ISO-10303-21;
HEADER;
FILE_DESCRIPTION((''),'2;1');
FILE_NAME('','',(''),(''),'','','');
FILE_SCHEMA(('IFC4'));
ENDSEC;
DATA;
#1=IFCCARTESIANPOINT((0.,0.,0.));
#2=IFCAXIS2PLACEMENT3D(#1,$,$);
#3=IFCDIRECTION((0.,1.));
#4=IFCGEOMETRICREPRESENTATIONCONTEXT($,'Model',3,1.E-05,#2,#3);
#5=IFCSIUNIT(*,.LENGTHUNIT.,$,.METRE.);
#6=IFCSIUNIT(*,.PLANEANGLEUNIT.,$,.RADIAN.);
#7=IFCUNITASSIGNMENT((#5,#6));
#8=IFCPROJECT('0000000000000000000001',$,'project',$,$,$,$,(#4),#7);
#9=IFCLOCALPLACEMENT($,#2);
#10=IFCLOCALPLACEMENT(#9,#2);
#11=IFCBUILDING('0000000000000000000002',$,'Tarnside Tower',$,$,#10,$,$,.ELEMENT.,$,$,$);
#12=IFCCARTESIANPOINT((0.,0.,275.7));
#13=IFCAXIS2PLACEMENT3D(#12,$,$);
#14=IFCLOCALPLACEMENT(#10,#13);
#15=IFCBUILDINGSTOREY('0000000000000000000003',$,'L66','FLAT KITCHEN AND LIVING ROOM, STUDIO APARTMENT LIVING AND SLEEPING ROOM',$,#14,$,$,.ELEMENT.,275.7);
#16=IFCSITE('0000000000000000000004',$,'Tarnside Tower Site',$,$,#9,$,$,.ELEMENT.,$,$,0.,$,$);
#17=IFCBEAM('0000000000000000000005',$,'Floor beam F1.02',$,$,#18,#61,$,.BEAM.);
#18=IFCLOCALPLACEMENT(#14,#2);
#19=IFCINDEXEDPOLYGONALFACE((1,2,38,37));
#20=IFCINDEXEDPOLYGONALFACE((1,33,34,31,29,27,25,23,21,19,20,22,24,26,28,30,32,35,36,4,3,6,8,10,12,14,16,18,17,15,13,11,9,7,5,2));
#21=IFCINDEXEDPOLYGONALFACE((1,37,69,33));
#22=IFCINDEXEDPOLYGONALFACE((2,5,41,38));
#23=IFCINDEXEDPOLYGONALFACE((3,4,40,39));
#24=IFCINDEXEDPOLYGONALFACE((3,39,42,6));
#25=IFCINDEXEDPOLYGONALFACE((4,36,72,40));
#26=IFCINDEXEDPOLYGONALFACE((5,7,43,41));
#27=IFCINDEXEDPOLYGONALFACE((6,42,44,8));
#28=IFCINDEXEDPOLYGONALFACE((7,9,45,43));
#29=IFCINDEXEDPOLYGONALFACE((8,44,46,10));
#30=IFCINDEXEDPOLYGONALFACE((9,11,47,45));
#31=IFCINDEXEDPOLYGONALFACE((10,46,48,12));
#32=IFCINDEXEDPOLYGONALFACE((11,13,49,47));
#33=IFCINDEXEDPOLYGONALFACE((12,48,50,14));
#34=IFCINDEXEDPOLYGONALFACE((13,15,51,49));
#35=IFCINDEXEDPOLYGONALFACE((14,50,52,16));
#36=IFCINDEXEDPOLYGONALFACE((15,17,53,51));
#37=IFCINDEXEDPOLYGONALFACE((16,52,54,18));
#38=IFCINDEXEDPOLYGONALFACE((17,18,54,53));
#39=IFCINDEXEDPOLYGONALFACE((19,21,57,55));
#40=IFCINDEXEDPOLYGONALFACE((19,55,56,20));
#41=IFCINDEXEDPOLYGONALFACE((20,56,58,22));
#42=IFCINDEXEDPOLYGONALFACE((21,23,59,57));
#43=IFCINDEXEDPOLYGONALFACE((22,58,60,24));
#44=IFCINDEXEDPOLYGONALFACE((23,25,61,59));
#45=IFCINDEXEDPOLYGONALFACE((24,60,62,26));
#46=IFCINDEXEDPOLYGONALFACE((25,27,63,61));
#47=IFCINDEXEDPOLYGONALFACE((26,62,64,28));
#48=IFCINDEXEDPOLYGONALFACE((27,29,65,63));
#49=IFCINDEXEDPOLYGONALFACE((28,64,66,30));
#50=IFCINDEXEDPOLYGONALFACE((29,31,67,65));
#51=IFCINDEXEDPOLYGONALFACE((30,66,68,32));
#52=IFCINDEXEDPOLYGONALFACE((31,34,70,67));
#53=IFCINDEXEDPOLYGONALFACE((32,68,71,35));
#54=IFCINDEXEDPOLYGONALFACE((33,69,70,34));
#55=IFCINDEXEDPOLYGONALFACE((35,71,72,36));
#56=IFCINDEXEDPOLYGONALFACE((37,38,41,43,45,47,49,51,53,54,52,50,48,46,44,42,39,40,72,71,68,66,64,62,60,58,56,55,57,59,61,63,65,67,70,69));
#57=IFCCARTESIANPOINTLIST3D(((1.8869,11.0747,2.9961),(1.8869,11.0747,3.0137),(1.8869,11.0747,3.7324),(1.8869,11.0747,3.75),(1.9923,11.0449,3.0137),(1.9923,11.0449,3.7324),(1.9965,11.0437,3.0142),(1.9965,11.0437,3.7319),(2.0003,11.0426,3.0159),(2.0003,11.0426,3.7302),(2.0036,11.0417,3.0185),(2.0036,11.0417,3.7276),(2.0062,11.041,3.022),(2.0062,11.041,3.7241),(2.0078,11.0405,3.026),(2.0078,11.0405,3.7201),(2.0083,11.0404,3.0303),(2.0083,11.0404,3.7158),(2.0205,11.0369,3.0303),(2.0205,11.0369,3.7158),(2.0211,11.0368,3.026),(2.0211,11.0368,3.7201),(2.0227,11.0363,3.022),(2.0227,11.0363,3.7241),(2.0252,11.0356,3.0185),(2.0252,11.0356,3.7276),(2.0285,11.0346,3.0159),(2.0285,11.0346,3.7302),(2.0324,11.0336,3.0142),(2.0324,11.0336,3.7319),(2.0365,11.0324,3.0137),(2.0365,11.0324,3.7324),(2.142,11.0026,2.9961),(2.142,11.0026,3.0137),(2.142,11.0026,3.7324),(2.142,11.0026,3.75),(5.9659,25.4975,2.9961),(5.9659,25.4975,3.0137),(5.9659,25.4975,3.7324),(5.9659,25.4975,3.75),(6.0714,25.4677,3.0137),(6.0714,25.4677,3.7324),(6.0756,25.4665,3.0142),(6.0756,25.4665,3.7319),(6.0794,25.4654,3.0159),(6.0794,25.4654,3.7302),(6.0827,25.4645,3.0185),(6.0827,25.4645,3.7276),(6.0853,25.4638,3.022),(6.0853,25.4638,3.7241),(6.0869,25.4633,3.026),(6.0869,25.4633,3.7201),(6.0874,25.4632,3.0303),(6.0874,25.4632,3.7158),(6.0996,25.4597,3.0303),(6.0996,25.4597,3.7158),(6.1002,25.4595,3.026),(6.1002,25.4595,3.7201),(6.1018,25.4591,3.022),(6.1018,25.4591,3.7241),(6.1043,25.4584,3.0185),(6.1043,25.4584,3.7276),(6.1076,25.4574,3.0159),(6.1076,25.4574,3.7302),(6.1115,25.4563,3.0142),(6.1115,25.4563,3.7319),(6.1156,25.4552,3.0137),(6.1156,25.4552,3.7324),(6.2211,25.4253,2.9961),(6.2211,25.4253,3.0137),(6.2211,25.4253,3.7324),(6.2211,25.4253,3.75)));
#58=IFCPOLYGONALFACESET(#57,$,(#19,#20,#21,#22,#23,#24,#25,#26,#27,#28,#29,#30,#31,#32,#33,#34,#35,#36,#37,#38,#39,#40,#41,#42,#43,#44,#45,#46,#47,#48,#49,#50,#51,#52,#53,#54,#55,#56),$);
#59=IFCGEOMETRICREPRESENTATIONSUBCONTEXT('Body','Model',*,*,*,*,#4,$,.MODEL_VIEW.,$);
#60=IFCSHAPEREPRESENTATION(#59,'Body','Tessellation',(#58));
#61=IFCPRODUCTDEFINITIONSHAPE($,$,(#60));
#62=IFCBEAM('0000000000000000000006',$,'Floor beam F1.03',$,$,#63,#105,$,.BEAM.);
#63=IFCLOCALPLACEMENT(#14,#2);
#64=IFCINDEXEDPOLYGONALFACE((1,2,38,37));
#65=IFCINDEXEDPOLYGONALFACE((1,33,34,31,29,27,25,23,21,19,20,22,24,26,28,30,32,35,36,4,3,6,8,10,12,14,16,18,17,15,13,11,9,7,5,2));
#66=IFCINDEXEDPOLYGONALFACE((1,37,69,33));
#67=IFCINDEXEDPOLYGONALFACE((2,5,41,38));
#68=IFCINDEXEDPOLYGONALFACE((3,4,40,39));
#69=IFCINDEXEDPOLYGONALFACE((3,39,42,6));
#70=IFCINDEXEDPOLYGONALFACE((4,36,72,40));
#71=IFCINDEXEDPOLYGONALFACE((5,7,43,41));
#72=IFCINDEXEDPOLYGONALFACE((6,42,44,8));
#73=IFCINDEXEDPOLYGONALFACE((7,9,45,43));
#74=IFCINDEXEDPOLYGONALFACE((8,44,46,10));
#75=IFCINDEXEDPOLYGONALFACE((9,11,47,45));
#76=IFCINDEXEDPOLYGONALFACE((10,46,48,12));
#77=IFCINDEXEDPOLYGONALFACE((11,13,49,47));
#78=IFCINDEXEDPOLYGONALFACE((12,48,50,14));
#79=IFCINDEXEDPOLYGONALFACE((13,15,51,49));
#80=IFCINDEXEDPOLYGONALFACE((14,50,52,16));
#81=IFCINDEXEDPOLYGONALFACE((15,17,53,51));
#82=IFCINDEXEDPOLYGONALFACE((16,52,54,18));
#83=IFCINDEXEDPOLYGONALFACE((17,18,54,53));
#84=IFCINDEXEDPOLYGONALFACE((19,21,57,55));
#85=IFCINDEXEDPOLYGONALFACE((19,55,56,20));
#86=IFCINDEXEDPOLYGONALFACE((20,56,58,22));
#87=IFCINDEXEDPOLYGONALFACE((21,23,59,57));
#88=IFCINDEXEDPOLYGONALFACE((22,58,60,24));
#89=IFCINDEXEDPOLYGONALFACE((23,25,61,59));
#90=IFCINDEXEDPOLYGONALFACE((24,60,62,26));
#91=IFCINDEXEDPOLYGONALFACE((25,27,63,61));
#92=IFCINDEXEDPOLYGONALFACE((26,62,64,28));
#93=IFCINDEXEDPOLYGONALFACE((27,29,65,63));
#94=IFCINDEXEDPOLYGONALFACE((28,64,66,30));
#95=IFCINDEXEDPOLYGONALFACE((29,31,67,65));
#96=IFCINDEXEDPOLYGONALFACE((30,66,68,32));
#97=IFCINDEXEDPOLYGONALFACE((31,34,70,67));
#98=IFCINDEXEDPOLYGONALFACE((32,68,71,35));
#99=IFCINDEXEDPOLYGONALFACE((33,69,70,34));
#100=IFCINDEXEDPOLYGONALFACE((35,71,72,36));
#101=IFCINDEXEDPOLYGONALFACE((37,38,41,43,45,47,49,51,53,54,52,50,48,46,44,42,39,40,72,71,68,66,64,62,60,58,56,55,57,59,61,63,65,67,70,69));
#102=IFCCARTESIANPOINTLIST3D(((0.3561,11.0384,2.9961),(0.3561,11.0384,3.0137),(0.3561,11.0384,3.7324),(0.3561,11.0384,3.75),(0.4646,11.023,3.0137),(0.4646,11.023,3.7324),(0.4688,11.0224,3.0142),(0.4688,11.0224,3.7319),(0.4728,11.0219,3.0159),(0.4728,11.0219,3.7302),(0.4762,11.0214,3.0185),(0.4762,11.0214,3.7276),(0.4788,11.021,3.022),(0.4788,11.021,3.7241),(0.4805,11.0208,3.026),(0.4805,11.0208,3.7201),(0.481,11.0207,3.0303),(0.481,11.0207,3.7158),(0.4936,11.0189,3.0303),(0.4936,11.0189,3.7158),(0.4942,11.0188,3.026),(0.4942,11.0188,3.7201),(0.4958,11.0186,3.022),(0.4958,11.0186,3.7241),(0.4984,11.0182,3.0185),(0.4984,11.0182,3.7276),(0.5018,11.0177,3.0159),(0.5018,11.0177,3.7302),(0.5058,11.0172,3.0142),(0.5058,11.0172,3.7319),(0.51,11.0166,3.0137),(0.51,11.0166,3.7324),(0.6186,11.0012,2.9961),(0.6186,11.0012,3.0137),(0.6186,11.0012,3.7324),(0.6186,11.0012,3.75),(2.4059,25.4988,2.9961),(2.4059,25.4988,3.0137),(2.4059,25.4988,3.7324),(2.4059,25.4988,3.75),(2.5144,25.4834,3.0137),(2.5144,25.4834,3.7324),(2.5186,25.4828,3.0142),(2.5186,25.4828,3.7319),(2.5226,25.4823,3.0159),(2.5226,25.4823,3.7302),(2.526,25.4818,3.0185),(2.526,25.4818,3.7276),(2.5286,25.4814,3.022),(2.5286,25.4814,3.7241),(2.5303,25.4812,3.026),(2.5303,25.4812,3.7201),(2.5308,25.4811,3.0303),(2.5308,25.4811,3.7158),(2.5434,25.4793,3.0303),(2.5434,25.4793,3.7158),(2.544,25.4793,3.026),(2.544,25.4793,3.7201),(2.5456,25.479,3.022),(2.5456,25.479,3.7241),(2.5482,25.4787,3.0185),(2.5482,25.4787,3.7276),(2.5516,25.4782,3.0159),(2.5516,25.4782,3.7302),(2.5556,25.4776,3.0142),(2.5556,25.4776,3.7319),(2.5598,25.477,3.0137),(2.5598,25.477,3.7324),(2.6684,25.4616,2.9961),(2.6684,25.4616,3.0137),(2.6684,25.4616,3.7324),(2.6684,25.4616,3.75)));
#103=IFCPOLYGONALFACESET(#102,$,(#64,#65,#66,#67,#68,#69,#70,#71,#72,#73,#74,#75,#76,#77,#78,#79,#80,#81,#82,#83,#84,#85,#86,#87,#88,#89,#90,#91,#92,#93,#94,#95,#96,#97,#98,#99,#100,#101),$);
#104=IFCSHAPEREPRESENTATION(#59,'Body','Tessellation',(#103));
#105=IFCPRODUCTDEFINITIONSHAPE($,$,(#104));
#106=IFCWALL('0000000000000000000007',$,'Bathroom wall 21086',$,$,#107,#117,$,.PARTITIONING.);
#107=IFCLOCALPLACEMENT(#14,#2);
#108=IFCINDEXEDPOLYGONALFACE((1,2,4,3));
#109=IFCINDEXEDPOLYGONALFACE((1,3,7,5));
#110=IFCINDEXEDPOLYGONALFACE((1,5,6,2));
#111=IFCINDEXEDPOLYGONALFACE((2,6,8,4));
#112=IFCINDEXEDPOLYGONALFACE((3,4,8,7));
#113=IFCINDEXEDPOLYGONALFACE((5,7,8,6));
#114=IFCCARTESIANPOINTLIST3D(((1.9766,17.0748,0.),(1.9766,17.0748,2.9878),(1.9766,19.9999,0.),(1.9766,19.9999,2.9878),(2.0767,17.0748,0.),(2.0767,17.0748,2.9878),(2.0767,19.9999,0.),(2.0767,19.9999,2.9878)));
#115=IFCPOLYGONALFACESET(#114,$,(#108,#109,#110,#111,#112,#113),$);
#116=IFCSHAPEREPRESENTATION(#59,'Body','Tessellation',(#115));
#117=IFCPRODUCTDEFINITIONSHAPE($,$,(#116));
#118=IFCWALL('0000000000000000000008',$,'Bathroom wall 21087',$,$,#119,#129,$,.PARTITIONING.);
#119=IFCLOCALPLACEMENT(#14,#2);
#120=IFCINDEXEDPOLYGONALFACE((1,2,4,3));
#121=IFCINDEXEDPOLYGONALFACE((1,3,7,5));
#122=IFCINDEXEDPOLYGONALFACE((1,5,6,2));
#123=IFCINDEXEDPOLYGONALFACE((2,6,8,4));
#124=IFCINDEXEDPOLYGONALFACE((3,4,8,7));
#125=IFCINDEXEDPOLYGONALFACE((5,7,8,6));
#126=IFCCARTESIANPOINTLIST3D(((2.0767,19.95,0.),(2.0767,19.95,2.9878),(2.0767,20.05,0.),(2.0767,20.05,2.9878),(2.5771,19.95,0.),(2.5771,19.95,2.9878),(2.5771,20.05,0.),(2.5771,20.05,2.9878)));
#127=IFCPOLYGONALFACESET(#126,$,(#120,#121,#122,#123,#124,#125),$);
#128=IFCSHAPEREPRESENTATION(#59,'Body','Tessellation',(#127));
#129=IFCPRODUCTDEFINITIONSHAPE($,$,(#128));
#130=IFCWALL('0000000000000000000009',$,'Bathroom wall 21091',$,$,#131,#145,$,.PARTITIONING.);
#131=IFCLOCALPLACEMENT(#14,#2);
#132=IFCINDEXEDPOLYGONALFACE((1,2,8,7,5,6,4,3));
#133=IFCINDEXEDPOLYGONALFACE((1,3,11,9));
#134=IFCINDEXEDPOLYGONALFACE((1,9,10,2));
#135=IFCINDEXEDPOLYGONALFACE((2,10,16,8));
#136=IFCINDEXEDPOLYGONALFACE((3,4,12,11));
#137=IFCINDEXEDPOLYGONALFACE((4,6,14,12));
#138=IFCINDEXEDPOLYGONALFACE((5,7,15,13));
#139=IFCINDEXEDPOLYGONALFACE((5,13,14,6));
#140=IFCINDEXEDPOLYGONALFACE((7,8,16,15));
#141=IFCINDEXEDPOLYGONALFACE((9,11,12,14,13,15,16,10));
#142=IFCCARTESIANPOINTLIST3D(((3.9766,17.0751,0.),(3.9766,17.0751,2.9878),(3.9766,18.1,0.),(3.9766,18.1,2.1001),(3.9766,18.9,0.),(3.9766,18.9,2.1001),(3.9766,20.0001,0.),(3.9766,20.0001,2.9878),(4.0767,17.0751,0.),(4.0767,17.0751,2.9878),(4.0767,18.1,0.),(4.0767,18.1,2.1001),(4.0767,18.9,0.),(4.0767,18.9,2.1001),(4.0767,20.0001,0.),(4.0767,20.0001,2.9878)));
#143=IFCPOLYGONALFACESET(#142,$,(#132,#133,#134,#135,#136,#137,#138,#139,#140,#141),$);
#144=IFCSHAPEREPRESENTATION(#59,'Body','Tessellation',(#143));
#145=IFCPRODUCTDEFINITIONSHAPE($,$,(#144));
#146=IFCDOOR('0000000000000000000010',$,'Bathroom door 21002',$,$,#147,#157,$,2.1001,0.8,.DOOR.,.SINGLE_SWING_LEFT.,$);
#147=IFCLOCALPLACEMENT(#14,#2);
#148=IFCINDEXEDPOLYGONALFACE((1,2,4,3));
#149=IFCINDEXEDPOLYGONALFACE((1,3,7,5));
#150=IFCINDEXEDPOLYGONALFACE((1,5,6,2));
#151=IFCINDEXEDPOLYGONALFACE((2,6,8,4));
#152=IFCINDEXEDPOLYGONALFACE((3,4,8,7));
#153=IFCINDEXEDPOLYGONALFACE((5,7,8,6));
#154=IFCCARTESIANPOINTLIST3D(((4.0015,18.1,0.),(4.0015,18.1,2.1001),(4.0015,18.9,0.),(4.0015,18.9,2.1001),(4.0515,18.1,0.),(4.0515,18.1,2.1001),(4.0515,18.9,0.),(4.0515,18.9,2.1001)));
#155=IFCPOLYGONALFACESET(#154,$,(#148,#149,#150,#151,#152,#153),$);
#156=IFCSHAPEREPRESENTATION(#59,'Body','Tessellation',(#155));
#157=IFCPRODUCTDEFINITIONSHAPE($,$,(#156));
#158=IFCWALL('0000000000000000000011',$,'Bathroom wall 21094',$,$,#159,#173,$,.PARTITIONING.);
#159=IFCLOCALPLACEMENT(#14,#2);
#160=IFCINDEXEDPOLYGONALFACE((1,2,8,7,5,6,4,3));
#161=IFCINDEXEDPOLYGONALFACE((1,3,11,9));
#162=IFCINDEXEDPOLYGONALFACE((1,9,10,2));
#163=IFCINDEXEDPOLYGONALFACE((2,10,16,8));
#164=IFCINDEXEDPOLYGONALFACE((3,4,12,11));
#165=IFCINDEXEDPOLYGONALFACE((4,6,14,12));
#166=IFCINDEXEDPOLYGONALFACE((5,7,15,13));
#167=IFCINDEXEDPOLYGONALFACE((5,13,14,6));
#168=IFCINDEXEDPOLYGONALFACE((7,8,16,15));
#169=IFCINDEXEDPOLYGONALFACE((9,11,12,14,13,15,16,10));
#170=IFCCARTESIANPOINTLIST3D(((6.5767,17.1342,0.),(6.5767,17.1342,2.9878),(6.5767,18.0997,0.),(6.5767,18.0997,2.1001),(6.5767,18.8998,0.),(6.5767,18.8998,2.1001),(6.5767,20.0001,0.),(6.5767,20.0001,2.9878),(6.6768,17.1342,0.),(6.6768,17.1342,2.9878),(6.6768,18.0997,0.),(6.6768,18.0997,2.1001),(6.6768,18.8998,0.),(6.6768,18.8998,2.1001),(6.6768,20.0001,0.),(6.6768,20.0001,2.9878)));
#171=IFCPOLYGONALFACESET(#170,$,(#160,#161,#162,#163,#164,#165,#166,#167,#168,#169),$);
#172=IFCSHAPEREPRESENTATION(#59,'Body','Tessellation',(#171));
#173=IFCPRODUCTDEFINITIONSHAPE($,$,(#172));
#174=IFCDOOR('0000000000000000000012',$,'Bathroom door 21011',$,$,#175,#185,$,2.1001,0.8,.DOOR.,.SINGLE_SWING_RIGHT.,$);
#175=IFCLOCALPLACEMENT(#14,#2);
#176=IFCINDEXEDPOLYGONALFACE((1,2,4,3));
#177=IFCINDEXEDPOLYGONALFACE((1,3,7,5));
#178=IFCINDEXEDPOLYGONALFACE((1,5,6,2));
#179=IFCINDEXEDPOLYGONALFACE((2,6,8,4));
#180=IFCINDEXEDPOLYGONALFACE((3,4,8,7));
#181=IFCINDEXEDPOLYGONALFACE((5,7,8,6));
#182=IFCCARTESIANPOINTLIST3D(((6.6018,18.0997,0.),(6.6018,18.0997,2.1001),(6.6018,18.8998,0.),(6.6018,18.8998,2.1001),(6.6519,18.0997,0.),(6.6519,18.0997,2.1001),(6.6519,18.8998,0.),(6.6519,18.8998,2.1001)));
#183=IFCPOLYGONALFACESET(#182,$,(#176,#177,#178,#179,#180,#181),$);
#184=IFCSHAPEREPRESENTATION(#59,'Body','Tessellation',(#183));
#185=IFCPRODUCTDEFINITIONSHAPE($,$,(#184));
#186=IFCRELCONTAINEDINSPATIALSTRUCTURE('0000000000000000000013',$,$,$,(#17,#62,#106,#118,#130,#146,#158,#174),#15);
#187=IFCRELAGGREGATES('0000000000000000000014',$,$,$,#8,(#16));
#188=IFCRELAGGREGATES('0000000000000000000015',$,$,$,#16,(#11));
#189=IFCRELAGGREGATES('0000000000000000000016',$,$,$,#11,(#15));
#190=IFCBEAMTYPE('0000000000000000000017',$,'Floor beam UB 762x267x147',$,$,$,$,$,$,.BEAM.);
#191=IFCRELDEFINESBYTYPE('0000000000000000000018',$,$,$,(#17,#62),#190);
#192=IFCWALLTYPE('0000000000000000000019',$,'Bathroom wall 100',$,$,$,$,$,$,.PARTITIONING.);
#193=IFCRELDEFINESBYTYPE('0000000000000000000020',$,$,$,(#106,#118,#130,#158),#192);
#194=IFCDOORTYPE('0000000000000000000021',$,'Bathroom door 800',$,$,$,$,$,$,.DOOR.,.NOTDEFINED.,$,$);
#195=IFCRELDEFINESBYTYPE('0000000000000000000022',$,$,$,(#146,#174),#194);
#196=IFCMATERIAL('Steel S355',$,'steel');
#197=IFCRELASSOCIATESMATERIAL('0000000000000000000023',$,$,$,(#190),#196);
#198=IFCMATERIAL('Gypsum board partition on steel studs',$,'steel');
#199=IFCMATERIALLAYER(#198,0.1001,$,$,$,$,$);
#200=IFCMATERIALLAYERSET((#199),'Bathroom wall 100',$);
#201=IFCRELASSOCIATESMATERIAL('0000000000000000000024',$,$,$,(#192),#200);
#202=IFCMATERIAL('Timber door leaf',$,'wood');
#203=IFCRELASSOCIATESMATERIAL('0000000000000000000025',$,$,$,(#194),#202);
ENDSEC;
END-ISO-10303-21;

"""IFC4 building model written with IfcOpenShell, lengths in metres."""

from ifc_helpers import new_model, si_unit, direction, frame, frame_2d, origin, origin_2d, place, context, subcontext, project, spatial, rectangle, i_section, extrude, material, layer, layer_set, material_profile, profile_set, type_object, element, fill, save


model = new_model("IFC4")

# Units and contexts
model_context = context("Model", 3, precision=1e-05, world=origin(), true_north=direction((0.0, 1.0)))
body_context = subcontext(model_context, "Body", "Model", "MODEL_VIEW")
ifc_project = project(units=[si_unit("LENGTHUNIT", "METRE"), si_unit("PLANEANGLEUNIT", "RADIAN")], contexts=[model_context])

# Site, building, storey
site_placement = place(None, origin())
site = spatial("IfcSite", under=ifc_project, at=site_placement, Name="Tarnside Tower Site", CompositionType="ELEMENT", RefElevation=0.0)
building_placement = place(site_placement, origin())
building = spatial("IfcBuilding", under=site, at=building_placement, Name="Tarnside Tower", CompositionType="ELEMENT")
storey_placement = place(building_placement, frame((0.0, 0.0, 275.7)))
storey = spatial("IfcBuildingStorey", under=building, at=storey_placement, Name="L66", Description="FLAT KITCHEN AND LIVING ROOM, STUDIO APARTMENT LIVING AND SLEEPING ROOM", CompositionType="ELEMENT", Elevation=275.7)

# Beams
ifc_material_1 = material(Name="Steel S355", Category="steel")
ifc_material_profile = material_profile(ifc_material_1, i_section(OverallWidth=0.2651, OverallDepth=0.7539, WebThickness=0.0127, FlangeThickness=0.0176, FilletRadius=0.0166, at=origin_2d()), Name="UB 762x267x147")
ifc_profile_set = profile_set([ifc_material_profile], Name="Steel S355")
beam_type = type_object("IfcBeamType", Name="Floor beam UB 762x267x147", PredefinedType="BEAM", material=ifc_profile_set)
beam_1_placement = place(storey_placement, frame((6.0935, 25.4614, 3.373), z_axis=(-0.272147, -0.962256, 0.0), x_axis=(0.962256, -0.272147, 0.0)))
element("IfcBeam", 1, at=beam_1_placement, inside=storey, type_object=beam_type, Name="Floor beam F1.02", PredefinedType="BEAM", context=body_context, shape_type="SweptSolid", body=[
    extrude(i_section(OverallWidth=0.2651, OverallDepth=0.7539, WebThickness=0.0127, FlangeThickness=0.0176, FilletRadius=0.0166, at=origin_2d()), origin(), (0.0, 0.0, 1.0), 14.9885),
])
beam_2_placement = place(storey_placement, frame((2.5371, 25.4802, 3.373), z_axis=(-0.140349, -0.990102, 0.0), x_axis=(0.990102, -0.140349, 0.0)))
element("IfcBeam", 2, at=beam_2_placement, inside=storey, type_object=beam_type, Name="Floor beam F1.03", PredefinedType="BEAM", context=body_context, shape_type="SweptSolid", body=[
    extrude(i_section(OverallWidth=0.2651, OverallDepth=0.7539, WebThickness=0.0127, FlangeThickness=0.0176, FilletRadius=0.0166, at=origin_2d()), origin(), (0.0, 0.0, 1.0), 14.605),
])

# Walls
ifc_material_2 = material(Name="Gypsum board partition on steel studs", Category="steel")
ifc_layer_1 = layer(ifc_material_2, 0.1001)
ifc_layer_set_1 = layer_set([ifc_layer_1], Name="Bathroom wall 100")
wall_type_1 = type_object("IfcWallType", Name="Bathroom wall 100", PredefinedType="PARTITIONING", material=ifc_layer_set_1)
wall_1_placement = place(storey_placement, frame((2.0266, 17.075, 0.0), z_axis=(0.0, 0.0, 1.0), x_axis=(0.0, 1.0, 0.0)))
element("IfcWall", 3, at=wall_1_placement, inside=storey, type_object=wall_type_1, Name="Bathroom wall 21086", PredefinedType="PARTITIONING", context=body_context, shape_type="SweptSolid", body=[
    extrude(rectangle(XDim=2.925, YDim=0.1001, at=frame_2d((1.4624, 0.0))), origin(), (0.0, 0.0, 1.0), 2.9878),
])
wall_2_placement = place(storey_placement, frame((2.0767, 20.0, 0.0), z_axis=(0.0, 0.0, 1.0), x_axis=(1.0, 0.0, 0.0)))
element("IfcWall", 4, at=wall_2_placement, inside=storey, type_object=wall_type_1, Name="Bathroom wall 21087", PredefinedType="PARTITIONING", context=body_context, shape_type="SweptSolid", body=[
    extrude(rectangle(XDim=0.5005, YDim=0.1001, at=frame_2d((0.2502, 0.0))), origin(), (0.0, 0.0, 1.0), 2.9878),
])

# Walls, openings, doors
wall_3_placement = place(storey_placement, frame((4.0266, 20.0, 0.0), z_axis=(0.0, 0.0, 1.0), x_axis=(0.0, -1.0, 0.0)))
wall_3 = element("IfcWall", 5, at=wall_3_placement, inside=storey, type_object=wall_type_1, Name="Bathroom wall 21091", PredefinedType="PARTITIONING", context=body_context, shape_type="SweptSolid", body=[
    extrude(rectangle(XDim=2.925, YDim=0.1001, at=frame_2d((1.4624, 0.0))), origin(), (0.0, 0.0, 1.0), 2.9878),
])
opening_1_placement = place(wall_3_placement, frame((1.1001, 0.0, 0.0)))
opening_1 = element("IfcOpeningElement", 6, at=opening_1_placement, cuts=wall_3, PredefinedType="OPENING", context=body_context, shape_type="SweptSolid", body=[
    extrude(rectangle(XDim=0.8, YDim=2.1001, at=frame_2d((0.3999, 1.05))), frame((0.0, 0.0601, 0.0), z_axis=(0.0, -1.0, 0.0), x_axis=(1.0, 0.0, 0.0)), (0.0, 0.0, 1.0), 0.1201),
])
ifc_material_3 = material(Name="Timber door leaf", Category="wood")
door_type_1 = type_object("IfcDoorType", Name="Bathroom door 800", OperationType="NOTDEFINED", PredefinedType="DOOR", material=ifc_material_3)
door_1_placement = place(opening_1_placement, origin())
door_1 = element("IfcDoor", 7, at=door_1_placement, inside=storey, type_object=door_type_1, Name="Bathroom door 21002", OperationType="SINGLE_SWING_LEFT", OverallHeight=2.1001, OverallWidth=0.8, PredefinedType="DOOR", context=body_context, shape_type="SweptSolid", body=[
    extrude(rectangle(XDim=0.8, YDim=2.1001, at=frame_2d((0.3999, 1.05))), frame((0.0, 0.0249, 0.0), z_axis=(0.0, -1.0, 0.0), x_axis=(1.0, 0.0, 0.0)), (0.0, 0.0, 1.0), 0.05),
])
fill(opening_1, door_1)
wall_4_placement = place(storey_placement, frame((6.6267, 17.134, 0.0), z_axis=(0.0, 0.0, 1.0), x_axis=(0.0, 1.0, 0.0)))
wall_4 = element("IfcWall", 8, at=wall_4_placement, inside=storey, type_object=wall_type_1, Name="Bathroom wall 21094", PredefinedType="PARTITIONING", context=body_context, shape_type="SweptSolid", body=[
    extrude(rectangle(XDim=2.866, YDim=0.1001, at=frame_2d((1.4331, 0.0))), origin(), (0.0, 0.0, 1.0), 2.9878),
])
opening_2_placement = place(wall_4_placement, frame((0.9658, 0.0, 0.0)))
opening_2 = element("IfcOpeningElement", 9, at=opening_2_placement, cuts=wall_4, PredefinedType="OPENING", context=body_context, shape_type="SweptSolid", body=[
    extrude(rectangle(XDim=0.8, YDim=2.1001, at=frame_2d((0.3999, 1.05))), frame((0.0, 0.0601, 0.0), z_axis=(0.0, -1.0, 0.0), x_axis=(1.0, 0.0, 0.0)), (0.0, 0.0, 1.0), 0.1201),
])
door_2_placement = place(opening_2_placement, origin())
door_2 = element("IfcDoor", 10, at=door_2_placement, inside=storey, type_object=door_type_1, Name="Bathroom door 21011", OperationType="SINGLE_SWING_RIGHT", OverallHeight=2.1001, OverallWidth=0.8, PredefinedType="DOOR", context=body_context, shape_type="SweptSolid", body=[
    extrude(rectangle(XDim=0.8, YDim=2.1001, at=frame_2d((0.3999, 1.05))), frame((0.0, 0.0249, 0.0), z_axis=(0.0, -1.0, 0.0), x_axis=(1.0, 0.0, 0.0)), (0.0, 0.0, 1.0), 0.05),
])
fill(opening_2, door_2)

save(model, "model.ifc")
